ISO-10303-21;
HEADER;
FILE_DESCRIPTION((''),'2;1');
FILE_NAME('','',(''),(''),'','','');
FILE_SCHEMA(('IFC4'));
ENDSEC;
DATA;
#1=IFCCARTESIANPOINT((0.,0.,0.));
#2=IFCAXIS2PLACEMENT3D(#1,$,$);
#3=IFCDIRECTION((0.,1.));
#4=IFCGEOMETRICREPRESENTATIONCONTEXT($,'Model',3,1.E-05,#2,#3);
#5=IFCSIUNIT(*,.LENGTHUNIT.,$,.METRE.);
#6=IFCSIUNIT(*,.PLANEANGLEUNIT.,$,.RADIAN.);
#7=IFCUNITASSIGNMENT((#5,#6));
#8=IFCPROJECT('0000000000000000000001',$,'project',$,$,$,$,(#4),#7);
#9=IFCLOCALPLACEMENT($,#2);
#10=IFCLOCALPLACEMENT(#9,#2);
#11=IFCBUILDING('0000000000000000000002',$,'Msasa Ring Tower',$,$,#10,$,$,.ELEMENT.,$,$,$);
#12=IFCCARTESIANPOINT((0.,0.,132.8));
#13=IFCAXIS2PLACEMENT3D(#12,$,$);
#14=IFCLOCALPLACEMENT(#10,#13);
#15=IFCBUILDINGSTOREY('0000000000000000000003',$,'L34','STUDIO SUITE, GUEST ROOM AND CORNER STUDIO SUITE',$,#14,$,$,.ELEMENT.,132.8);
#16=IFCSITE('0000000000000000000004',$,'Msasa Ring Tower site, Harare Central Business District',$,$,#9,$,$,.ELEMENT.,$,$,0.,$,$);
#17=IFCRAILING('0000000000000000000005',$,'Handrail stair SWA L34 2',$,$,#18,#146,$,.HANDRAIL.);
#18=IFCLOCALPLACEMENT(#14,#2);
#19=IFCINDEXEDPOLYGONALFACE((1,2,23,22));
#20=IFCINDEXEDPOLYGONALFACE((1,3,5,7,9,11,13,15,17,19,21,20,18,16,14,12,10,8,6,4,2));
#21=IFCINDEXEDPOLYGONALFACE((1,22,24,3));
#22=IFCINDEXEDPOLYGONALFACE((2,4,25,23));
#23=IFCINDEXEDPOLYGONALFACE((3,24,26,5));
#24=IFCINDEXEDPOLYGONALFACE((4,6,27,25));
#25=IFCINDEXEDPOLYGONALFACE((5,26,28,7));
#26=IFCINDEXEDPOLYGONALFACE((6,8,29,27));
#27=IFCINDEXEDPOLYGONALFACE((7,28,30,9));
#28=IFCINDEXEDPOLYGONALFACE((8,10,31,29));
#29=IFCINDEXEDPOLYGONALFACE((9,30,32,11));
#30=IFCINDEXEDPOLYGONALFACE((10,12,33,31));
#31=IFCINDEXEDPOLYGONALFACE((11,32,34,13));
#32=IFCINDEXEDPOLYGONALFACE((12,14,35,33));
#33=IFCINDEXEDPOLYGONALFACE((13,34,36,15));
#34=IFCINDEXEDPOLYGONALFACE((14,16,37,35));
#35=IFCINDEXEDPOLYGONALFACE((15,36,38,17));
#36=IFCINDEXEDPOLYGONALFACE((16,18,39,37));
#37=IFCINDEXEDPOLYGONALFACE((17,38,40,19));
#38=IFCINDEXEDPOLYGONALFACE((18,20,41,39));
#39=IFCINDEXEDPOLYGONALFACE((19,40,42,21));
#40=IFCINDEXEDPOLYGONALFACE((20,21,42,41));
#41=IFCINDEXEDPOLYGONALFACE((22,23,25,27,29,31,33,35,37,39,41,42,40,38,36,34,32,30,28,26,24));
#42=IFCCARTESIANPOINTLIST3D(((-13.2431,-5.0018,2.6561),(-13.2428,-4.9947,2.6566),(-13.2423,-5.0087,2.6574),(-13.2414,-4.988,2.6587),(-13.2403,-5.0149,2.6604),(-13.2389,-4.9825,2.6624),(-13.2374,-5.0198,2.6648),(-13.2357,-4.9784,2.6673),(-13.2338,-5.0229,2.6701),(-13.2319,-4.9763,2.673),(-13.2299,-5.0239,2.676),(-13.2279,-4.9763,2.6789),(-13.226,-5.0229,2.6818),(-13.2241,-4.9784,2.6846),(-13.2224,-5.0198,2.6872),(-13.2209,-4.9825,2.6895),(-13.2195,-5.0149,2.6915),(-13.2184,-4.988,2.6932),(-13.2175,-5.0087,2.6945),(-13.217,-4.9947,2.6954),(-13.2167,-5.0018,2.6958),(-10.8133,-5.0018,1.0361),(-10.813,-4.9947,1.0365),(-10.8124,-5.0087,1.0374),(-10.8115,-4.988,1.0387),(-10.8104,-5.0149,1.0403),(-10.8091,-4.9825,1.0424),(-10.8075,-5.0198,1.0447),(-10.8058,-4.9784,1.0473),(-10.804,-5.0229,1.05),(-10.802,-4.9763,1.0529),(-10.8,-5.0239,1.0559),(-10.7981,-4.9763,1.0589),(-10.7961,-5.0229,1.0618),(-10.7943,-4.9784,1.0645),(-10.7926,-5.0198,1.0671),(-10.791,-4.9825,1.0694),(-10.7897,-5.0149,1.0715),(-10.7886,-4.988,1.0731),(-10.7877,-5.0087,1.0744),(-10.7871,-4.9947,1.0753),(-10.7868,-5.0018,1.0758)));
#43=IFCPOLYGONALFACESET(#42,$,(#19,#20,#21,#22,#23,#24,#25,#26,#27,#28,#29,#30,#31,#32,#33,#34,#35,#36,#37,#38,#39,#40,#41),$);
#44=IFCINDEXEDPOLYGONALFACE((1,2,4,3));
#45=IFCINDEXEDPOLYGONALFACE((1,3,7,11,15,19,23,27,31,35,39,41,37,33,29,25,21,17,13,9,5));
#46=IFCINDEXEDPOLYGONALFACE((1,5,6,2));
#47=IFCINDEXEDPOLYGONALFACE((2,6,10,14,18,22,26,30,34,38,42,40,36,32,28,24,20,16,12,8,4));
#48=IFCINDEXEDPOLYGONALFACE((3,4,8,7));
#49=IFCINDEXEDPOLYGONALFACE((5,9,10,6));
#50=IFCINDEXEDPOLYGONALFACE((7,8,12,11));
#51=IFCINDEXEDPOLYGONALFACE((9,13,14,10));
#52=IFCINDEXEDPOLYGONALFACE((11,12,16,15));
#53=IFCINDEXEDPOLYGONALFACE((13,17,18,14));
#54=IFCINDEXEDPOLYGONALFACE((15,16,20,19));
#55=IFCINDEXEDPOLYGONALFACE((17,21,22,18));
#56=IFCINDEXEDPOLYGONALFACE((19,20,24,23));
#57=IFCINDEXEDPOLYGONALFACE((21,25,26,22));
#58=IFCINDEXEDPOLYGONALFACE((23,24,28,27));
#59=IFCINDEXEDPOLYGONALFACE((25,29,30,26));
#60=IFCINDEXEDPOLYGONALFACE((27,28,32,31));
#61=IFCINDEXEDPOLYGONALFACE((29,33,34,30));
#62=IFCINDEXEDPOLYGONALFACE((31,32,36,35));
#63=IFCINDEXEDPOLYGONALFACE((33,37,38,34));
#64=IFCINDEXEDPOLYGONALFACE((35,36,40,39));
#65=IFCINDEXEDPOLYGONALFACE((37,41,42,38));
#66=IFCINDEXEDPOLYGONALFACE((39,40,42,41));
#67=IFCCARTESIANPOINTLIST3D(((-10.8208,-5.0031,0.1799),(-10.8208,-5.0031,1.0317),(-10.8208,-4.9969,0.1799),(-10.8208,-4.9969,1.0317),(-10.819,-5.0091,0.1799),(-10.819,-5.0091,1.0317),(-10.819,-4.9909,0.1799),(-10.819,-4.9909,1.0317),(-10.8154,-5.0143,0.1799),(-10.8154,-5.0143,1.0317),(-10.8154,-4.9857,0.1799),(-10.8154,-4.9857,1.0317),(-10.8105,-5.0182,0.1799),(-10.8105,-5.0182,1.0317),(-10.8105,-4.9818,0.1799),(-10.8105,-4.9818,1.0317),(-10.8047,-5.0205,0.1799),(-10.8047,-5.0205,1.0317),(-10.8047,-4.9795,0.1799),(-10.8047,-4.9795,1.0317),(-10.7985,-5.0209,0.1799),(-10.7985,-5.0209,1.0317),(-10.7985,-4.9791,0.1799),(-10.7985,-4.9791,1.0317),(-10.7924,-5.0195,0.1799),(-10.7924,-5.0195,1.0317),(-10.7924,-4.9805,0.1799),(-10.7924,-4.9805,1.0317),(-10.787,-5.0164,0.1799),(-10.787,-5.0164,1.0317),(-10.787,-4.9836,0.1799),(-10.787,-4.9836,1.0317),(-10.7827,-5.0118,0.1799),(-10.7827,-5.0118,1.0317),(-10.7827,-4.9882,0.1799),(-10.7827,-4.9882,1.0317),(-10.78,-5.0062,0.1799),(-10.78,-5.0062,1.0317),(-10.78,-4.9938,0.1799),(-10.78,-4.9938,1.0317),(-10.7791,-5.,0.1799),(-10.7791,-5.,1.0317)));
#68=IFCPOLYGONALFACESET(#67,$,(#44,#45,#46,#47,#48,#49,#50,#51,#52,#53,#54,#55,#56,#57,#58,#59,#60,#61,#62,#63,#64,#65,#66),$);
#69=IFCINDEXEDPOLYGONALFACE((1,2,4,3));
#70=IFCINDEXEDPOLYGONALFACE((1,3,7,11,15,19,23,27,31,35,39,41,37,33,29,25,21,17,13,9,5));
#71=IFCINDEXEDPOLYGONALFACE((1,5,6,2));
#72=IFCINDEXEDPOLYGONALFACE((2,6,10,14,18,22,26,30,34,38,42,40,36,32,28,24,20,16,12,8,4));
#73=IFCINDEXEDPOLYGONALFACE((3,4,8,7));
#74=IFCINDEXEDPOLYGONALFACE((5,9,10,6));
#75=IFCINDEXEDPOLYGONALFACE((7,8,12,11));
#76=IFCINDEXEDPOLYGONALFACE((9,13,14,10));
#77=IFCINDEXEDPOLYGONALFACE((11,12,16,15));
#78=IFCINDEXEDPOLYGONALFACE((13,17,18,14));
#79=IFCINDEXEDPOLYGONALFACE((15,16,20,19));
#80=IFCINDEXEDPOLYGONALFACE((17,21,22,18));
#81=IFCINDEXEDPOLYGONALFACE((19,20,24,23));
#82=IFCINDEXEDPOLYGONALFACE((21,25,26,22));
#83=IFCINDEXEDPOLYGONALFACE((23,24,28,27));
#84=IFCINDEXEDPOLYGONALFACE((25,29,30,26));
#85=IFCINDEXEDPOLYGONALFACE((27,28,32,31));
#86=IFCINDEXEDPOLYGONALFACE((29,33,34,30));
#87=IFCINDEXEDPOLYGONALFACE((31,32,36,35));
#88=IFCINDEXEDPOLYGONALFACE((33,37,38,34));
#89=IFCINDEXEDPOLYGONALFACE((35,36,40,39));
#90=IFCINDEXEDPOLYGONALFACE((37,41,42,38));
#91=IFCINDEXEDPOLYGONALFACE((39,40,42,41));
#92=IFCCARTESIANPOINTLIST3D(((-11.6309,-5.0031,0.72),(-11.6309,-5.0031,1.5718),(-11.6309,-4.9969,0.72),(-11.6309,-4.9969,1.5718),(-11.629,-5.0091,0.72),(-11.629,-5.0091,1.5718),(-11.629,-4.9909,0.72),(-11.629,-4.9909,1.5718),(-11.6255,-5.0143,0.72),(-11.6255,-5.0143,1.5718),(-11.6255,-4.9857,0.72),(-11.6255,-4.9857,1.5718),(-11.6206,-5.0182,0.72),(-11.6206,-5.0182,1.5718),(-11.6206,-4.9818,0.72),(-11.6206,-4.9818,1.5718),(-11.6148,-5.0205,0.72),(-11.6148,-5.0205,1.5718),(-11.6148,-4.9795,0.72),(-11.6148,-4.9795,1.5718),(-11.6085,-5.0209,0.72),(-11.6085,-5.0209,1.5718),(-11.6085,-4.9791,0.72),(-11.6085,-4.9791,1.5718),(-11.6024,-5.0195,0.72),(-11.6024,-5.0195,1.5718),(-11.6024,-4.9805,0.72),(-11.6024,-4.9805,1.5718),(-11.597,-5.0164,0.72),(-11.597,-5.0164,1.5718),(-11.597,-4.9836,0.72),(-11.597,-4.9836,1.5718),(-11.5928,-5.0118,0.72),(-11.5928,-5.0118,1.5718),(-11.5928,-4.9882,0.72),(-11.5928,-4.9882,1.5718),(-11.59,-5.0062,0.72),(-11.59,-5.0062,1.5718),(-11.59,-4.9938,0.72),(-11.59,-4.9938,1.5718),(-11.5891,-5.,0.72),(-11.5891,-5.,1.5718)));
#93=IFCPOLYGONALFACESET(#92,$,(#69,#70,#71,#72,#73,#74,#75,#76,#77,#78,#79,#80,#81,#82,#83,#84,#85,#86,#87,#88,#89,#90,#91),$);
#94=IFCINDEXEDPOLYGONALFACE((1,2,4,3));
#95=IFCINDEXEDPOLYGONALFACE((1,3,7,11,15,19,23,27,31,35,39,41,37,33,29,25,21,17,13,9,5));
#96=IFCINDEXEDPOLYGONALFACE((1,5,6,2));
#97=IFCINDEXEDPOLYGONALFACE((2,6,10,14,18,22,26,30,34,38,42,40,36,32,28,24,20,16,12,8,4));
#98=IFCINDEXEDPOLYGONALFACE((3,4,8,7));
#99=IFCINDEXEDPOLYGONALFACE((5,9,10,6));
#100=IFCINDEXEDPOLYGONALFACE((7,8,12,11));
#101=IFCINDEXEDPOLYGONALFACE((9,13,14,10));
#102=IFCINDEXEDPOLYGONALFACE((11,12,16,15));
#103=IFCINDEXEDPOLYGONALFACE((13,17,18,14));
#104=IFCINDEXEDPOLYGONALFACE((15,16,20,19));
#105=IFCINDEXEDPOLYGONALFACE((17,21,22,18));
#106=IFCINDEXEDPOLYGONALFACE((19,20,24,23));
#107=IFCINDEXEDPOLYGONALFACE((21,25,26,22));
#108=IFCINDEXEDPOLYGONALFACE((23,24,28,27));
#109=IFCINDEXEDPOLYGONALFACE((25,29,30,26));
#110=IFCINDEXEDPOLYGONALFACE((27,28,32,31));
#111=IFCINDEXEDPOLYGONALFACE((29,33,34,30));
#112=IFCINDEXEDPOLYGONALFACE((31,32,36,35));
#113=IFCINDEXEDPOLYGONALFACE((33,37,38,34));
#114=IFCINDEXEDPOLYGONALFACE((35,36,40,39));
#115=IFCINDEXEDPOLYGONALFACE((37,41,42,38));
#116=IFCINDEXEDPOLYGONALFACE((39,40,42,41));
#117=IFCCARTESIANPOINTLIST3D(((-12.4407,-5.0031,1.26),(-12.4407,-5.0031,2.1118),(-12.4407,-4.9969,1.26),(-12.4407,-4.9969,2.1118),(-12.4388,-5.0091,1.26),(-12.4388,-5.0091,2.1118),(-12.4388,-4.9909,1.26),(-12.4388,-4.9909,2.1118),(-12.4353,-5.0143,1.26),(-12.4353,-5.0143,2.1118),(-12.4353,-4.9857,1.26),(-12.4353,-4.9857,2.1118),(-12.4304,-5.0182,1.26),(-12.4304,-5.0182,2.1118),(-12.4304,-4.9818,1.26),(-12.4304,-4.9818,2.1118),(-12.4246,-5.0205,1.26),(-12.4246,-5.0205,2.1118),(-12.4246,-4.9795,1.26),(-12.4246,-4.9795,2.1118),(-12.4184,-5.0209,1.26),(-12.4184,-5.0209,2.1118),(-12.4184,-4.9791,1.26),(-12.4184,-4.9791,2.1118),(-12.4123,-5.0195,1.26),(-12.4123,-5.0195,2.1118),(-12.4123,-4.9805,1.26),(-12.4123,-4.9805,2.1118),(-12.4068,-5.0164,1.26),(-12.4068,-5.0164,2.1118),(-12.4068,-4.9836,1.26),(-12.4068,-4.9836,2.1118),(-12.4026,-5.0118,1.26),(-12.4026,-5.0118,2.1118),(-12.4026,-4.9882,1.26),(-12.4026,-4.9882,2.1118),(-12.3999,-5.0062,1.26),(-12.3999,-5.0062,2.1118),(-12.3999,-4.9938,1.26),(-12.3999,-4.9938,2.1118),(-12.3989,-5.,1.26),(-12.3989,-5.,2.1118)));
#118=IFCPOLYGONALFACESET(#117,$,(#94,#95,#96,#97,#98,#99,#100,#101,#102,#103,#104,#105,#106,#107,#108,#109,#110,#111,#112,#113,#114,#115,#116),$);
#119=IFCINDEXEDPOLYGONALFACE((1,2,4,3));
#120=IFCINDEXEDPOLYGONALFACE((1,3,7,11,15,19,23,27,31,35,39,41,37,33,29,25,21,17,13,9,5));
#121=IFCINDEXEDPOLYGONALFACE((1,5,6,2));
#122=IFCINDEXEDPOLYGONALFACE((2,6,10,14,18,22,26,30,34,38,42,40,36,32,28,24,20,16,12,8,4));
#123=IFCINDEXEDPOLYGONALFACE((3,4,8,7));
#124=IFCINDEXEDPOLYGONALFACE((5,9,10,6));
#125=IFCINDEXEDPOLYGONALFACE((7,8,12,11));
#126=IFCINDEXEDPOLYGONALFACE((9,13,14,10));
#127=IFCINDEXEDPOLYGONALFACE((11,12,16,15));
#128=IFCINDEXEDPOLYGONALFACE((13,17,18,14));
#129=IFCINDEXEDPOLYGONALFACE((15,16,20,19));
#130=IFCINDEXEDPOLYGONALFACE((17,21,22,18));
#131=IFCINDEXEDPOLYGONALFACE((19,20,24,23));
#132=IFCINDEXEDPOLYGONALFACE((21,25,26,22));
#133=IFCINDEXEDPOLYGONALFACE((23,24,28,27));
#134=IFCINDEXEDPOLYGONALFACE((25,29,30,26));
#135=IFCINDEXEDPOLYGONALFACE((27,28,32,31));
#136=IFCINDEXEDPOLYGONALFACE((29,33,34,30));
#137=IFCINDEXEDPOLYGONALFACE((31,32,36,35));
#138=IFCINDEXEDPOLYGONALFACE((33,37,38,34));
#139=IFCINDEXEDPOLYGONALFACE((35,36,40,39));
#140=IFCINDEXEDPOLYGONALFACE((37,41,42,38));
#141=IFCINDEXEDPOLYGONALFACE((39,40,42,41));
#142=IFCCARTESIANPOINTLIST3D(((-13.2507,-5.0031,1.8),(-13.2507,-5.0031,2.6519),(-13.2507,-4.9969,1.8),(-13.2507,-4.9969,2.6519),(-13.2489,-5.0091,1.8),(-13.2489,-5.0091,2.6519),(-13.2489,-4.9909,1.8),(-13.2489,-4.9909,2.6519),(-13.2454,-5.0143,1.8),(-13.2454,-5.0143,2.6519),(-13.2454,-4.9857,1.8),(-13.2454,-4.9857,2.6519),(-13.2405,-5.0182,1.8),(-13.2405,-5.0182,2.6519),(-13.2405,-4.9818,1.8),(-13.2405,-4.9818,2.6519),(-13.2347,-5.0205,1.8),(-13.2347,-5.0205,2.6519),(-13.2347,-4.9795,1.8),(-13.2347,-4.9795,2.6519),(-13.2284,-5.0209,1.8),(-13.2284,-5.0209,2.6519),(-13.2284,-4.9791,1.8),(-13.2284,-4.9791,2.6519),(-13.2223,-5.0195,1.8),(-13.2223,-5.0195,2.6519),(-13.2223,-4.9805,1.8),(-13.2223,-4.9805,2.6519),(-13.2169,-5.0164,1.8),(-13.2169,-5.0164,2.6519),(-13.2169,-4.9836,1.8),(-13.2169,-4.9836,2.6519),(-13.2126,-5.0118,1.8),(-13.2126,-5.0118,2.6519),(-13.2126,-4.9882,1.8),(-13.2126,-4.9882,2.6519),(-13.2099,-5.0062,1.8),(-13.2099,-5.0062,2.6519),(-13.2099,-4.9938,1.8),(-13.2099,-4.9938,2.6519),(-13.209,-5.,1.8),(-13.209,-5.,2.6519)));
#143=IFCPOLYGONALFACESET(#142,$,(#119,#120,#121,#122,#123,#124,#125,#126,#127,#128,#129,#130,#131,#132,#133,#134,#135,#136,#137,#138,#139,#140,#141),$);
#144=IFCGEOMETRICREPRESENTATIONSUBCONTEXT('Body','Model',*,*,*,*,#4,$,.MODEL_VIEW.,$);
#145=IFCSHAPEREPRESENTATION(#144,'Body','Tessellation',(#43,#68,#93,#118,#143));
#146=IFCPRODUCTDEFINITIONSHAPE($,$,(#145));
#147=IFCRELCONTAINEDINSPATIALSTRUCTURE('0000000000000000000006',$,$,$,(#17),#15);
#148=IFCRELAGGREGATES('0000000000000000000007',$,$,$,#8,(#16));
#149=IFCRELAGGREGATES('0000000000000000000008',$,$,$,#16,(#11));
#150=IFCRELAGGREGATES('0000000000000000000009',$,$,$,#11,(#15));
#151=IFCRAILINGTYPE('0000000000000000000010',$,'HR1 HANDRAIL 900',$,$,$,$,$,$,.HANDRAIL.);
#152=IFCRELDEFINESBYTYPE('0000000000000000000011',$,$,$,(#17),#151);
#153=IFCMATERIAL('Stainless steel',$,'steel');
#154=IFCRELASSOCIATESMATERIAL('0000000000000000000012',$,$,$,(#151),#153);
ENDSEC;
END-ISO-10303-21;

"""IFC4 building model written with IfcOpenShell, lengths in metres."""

from ifc_helpers import new_model, si_unit, direction, frame, origin, origin_2d, place, context, subcontext, project, spatial, circle, extrude, material, type_object, element, save


model = new_model("IFC4")

# Units and contexts
model_context = context("Model", 3, precision=1e-05, world=origin(), true_north=direction((0.0, 1.0)))
body_context = subcontext(model_context, "Body", "Model", "MODEL_VIEW")
ifc_project = project(units=[si_unit("LENGTHUNIT", "METRE"), si_unit("PLANEANGLEUNIT", "RADIAN")], contexts=[model_context])

# Site, building, storey
site_placement = place(None, origin())
site = spatial("IfcSite", under=ifc_project, at=site_placement, Name="Msasa Ring Tower site, Harare Central Business District", CompositionType="ELEMENT", RefElevation=0.0)
building_placement = place(site_placement, origin())
building = spatial("IfcBuilding", under=site, at=building_placement, Name="Msasa Ring Tower", CompositionType="ELEMENT")
storey_placement = place(building_placement, frame((0.0, 0.0, 132.8)))
storey = spatial("IfcBuildingStorey", under=building, at=storey_placement, Name="L34", Description="STUDIO SUITE, GUEST ROOM AND CORNER STUDIO SUITE", CompositionType="ELEMENT", Elevation=132.8)

# Railing
ifc_material_1 = material(Name="Stainless steel", Category="steel")
railing_type = type_object("IfcRailingType", Name="HR1 HANDRAIL 900", PredefinedType="HANDRAIL", material=ifc_material_1)
for number, where, name in (
    (1, (-10.8, -5.0, 0.1799), "Handrail stair SWA L34 2"),
):
    element("IfcRailing", number, at=place(storey_placement, frame(where)), inside=storey, type_object=railing_type, Name=name, PredefinedType="HANDRAIL", context=body_context, shape_type="SweptSolid", body=[
        extrude(circle(Radius=0.0239, at=origin_2d()), frame((0.0, 0.0, 0.876), z_axis=(-0.832025, 0.0, 0.554739), x_axis=(0.0, -1.0, 0.0)), (0.0, 0.0, 1.0), 2.9204),
        extrude(circle(Radius=0.021, at=origin_2d()), origin(), (0.0, 0.0, 1.0), 0.8518),
        extrude(circle(Radius=0.021, at=origin_2d()), frame((-0.8101, 0.0, 0.54)), (0.0, 0.0, 1.0), 0.8518),
        extrude(circle(Radius=0.021, at=origin_2d()), frame((-1.6199, 0.0, 1.0801)), (0.0, 0.0, 1.0), 0.8518),
        extrude(circle(Radius=0.021, at=origin_2d()), frame((-2.4299, 0.0, 1.6201)), (0.0, 0.0, 1.0), 0.8518),
    ])

save(model, "model.ifc")
